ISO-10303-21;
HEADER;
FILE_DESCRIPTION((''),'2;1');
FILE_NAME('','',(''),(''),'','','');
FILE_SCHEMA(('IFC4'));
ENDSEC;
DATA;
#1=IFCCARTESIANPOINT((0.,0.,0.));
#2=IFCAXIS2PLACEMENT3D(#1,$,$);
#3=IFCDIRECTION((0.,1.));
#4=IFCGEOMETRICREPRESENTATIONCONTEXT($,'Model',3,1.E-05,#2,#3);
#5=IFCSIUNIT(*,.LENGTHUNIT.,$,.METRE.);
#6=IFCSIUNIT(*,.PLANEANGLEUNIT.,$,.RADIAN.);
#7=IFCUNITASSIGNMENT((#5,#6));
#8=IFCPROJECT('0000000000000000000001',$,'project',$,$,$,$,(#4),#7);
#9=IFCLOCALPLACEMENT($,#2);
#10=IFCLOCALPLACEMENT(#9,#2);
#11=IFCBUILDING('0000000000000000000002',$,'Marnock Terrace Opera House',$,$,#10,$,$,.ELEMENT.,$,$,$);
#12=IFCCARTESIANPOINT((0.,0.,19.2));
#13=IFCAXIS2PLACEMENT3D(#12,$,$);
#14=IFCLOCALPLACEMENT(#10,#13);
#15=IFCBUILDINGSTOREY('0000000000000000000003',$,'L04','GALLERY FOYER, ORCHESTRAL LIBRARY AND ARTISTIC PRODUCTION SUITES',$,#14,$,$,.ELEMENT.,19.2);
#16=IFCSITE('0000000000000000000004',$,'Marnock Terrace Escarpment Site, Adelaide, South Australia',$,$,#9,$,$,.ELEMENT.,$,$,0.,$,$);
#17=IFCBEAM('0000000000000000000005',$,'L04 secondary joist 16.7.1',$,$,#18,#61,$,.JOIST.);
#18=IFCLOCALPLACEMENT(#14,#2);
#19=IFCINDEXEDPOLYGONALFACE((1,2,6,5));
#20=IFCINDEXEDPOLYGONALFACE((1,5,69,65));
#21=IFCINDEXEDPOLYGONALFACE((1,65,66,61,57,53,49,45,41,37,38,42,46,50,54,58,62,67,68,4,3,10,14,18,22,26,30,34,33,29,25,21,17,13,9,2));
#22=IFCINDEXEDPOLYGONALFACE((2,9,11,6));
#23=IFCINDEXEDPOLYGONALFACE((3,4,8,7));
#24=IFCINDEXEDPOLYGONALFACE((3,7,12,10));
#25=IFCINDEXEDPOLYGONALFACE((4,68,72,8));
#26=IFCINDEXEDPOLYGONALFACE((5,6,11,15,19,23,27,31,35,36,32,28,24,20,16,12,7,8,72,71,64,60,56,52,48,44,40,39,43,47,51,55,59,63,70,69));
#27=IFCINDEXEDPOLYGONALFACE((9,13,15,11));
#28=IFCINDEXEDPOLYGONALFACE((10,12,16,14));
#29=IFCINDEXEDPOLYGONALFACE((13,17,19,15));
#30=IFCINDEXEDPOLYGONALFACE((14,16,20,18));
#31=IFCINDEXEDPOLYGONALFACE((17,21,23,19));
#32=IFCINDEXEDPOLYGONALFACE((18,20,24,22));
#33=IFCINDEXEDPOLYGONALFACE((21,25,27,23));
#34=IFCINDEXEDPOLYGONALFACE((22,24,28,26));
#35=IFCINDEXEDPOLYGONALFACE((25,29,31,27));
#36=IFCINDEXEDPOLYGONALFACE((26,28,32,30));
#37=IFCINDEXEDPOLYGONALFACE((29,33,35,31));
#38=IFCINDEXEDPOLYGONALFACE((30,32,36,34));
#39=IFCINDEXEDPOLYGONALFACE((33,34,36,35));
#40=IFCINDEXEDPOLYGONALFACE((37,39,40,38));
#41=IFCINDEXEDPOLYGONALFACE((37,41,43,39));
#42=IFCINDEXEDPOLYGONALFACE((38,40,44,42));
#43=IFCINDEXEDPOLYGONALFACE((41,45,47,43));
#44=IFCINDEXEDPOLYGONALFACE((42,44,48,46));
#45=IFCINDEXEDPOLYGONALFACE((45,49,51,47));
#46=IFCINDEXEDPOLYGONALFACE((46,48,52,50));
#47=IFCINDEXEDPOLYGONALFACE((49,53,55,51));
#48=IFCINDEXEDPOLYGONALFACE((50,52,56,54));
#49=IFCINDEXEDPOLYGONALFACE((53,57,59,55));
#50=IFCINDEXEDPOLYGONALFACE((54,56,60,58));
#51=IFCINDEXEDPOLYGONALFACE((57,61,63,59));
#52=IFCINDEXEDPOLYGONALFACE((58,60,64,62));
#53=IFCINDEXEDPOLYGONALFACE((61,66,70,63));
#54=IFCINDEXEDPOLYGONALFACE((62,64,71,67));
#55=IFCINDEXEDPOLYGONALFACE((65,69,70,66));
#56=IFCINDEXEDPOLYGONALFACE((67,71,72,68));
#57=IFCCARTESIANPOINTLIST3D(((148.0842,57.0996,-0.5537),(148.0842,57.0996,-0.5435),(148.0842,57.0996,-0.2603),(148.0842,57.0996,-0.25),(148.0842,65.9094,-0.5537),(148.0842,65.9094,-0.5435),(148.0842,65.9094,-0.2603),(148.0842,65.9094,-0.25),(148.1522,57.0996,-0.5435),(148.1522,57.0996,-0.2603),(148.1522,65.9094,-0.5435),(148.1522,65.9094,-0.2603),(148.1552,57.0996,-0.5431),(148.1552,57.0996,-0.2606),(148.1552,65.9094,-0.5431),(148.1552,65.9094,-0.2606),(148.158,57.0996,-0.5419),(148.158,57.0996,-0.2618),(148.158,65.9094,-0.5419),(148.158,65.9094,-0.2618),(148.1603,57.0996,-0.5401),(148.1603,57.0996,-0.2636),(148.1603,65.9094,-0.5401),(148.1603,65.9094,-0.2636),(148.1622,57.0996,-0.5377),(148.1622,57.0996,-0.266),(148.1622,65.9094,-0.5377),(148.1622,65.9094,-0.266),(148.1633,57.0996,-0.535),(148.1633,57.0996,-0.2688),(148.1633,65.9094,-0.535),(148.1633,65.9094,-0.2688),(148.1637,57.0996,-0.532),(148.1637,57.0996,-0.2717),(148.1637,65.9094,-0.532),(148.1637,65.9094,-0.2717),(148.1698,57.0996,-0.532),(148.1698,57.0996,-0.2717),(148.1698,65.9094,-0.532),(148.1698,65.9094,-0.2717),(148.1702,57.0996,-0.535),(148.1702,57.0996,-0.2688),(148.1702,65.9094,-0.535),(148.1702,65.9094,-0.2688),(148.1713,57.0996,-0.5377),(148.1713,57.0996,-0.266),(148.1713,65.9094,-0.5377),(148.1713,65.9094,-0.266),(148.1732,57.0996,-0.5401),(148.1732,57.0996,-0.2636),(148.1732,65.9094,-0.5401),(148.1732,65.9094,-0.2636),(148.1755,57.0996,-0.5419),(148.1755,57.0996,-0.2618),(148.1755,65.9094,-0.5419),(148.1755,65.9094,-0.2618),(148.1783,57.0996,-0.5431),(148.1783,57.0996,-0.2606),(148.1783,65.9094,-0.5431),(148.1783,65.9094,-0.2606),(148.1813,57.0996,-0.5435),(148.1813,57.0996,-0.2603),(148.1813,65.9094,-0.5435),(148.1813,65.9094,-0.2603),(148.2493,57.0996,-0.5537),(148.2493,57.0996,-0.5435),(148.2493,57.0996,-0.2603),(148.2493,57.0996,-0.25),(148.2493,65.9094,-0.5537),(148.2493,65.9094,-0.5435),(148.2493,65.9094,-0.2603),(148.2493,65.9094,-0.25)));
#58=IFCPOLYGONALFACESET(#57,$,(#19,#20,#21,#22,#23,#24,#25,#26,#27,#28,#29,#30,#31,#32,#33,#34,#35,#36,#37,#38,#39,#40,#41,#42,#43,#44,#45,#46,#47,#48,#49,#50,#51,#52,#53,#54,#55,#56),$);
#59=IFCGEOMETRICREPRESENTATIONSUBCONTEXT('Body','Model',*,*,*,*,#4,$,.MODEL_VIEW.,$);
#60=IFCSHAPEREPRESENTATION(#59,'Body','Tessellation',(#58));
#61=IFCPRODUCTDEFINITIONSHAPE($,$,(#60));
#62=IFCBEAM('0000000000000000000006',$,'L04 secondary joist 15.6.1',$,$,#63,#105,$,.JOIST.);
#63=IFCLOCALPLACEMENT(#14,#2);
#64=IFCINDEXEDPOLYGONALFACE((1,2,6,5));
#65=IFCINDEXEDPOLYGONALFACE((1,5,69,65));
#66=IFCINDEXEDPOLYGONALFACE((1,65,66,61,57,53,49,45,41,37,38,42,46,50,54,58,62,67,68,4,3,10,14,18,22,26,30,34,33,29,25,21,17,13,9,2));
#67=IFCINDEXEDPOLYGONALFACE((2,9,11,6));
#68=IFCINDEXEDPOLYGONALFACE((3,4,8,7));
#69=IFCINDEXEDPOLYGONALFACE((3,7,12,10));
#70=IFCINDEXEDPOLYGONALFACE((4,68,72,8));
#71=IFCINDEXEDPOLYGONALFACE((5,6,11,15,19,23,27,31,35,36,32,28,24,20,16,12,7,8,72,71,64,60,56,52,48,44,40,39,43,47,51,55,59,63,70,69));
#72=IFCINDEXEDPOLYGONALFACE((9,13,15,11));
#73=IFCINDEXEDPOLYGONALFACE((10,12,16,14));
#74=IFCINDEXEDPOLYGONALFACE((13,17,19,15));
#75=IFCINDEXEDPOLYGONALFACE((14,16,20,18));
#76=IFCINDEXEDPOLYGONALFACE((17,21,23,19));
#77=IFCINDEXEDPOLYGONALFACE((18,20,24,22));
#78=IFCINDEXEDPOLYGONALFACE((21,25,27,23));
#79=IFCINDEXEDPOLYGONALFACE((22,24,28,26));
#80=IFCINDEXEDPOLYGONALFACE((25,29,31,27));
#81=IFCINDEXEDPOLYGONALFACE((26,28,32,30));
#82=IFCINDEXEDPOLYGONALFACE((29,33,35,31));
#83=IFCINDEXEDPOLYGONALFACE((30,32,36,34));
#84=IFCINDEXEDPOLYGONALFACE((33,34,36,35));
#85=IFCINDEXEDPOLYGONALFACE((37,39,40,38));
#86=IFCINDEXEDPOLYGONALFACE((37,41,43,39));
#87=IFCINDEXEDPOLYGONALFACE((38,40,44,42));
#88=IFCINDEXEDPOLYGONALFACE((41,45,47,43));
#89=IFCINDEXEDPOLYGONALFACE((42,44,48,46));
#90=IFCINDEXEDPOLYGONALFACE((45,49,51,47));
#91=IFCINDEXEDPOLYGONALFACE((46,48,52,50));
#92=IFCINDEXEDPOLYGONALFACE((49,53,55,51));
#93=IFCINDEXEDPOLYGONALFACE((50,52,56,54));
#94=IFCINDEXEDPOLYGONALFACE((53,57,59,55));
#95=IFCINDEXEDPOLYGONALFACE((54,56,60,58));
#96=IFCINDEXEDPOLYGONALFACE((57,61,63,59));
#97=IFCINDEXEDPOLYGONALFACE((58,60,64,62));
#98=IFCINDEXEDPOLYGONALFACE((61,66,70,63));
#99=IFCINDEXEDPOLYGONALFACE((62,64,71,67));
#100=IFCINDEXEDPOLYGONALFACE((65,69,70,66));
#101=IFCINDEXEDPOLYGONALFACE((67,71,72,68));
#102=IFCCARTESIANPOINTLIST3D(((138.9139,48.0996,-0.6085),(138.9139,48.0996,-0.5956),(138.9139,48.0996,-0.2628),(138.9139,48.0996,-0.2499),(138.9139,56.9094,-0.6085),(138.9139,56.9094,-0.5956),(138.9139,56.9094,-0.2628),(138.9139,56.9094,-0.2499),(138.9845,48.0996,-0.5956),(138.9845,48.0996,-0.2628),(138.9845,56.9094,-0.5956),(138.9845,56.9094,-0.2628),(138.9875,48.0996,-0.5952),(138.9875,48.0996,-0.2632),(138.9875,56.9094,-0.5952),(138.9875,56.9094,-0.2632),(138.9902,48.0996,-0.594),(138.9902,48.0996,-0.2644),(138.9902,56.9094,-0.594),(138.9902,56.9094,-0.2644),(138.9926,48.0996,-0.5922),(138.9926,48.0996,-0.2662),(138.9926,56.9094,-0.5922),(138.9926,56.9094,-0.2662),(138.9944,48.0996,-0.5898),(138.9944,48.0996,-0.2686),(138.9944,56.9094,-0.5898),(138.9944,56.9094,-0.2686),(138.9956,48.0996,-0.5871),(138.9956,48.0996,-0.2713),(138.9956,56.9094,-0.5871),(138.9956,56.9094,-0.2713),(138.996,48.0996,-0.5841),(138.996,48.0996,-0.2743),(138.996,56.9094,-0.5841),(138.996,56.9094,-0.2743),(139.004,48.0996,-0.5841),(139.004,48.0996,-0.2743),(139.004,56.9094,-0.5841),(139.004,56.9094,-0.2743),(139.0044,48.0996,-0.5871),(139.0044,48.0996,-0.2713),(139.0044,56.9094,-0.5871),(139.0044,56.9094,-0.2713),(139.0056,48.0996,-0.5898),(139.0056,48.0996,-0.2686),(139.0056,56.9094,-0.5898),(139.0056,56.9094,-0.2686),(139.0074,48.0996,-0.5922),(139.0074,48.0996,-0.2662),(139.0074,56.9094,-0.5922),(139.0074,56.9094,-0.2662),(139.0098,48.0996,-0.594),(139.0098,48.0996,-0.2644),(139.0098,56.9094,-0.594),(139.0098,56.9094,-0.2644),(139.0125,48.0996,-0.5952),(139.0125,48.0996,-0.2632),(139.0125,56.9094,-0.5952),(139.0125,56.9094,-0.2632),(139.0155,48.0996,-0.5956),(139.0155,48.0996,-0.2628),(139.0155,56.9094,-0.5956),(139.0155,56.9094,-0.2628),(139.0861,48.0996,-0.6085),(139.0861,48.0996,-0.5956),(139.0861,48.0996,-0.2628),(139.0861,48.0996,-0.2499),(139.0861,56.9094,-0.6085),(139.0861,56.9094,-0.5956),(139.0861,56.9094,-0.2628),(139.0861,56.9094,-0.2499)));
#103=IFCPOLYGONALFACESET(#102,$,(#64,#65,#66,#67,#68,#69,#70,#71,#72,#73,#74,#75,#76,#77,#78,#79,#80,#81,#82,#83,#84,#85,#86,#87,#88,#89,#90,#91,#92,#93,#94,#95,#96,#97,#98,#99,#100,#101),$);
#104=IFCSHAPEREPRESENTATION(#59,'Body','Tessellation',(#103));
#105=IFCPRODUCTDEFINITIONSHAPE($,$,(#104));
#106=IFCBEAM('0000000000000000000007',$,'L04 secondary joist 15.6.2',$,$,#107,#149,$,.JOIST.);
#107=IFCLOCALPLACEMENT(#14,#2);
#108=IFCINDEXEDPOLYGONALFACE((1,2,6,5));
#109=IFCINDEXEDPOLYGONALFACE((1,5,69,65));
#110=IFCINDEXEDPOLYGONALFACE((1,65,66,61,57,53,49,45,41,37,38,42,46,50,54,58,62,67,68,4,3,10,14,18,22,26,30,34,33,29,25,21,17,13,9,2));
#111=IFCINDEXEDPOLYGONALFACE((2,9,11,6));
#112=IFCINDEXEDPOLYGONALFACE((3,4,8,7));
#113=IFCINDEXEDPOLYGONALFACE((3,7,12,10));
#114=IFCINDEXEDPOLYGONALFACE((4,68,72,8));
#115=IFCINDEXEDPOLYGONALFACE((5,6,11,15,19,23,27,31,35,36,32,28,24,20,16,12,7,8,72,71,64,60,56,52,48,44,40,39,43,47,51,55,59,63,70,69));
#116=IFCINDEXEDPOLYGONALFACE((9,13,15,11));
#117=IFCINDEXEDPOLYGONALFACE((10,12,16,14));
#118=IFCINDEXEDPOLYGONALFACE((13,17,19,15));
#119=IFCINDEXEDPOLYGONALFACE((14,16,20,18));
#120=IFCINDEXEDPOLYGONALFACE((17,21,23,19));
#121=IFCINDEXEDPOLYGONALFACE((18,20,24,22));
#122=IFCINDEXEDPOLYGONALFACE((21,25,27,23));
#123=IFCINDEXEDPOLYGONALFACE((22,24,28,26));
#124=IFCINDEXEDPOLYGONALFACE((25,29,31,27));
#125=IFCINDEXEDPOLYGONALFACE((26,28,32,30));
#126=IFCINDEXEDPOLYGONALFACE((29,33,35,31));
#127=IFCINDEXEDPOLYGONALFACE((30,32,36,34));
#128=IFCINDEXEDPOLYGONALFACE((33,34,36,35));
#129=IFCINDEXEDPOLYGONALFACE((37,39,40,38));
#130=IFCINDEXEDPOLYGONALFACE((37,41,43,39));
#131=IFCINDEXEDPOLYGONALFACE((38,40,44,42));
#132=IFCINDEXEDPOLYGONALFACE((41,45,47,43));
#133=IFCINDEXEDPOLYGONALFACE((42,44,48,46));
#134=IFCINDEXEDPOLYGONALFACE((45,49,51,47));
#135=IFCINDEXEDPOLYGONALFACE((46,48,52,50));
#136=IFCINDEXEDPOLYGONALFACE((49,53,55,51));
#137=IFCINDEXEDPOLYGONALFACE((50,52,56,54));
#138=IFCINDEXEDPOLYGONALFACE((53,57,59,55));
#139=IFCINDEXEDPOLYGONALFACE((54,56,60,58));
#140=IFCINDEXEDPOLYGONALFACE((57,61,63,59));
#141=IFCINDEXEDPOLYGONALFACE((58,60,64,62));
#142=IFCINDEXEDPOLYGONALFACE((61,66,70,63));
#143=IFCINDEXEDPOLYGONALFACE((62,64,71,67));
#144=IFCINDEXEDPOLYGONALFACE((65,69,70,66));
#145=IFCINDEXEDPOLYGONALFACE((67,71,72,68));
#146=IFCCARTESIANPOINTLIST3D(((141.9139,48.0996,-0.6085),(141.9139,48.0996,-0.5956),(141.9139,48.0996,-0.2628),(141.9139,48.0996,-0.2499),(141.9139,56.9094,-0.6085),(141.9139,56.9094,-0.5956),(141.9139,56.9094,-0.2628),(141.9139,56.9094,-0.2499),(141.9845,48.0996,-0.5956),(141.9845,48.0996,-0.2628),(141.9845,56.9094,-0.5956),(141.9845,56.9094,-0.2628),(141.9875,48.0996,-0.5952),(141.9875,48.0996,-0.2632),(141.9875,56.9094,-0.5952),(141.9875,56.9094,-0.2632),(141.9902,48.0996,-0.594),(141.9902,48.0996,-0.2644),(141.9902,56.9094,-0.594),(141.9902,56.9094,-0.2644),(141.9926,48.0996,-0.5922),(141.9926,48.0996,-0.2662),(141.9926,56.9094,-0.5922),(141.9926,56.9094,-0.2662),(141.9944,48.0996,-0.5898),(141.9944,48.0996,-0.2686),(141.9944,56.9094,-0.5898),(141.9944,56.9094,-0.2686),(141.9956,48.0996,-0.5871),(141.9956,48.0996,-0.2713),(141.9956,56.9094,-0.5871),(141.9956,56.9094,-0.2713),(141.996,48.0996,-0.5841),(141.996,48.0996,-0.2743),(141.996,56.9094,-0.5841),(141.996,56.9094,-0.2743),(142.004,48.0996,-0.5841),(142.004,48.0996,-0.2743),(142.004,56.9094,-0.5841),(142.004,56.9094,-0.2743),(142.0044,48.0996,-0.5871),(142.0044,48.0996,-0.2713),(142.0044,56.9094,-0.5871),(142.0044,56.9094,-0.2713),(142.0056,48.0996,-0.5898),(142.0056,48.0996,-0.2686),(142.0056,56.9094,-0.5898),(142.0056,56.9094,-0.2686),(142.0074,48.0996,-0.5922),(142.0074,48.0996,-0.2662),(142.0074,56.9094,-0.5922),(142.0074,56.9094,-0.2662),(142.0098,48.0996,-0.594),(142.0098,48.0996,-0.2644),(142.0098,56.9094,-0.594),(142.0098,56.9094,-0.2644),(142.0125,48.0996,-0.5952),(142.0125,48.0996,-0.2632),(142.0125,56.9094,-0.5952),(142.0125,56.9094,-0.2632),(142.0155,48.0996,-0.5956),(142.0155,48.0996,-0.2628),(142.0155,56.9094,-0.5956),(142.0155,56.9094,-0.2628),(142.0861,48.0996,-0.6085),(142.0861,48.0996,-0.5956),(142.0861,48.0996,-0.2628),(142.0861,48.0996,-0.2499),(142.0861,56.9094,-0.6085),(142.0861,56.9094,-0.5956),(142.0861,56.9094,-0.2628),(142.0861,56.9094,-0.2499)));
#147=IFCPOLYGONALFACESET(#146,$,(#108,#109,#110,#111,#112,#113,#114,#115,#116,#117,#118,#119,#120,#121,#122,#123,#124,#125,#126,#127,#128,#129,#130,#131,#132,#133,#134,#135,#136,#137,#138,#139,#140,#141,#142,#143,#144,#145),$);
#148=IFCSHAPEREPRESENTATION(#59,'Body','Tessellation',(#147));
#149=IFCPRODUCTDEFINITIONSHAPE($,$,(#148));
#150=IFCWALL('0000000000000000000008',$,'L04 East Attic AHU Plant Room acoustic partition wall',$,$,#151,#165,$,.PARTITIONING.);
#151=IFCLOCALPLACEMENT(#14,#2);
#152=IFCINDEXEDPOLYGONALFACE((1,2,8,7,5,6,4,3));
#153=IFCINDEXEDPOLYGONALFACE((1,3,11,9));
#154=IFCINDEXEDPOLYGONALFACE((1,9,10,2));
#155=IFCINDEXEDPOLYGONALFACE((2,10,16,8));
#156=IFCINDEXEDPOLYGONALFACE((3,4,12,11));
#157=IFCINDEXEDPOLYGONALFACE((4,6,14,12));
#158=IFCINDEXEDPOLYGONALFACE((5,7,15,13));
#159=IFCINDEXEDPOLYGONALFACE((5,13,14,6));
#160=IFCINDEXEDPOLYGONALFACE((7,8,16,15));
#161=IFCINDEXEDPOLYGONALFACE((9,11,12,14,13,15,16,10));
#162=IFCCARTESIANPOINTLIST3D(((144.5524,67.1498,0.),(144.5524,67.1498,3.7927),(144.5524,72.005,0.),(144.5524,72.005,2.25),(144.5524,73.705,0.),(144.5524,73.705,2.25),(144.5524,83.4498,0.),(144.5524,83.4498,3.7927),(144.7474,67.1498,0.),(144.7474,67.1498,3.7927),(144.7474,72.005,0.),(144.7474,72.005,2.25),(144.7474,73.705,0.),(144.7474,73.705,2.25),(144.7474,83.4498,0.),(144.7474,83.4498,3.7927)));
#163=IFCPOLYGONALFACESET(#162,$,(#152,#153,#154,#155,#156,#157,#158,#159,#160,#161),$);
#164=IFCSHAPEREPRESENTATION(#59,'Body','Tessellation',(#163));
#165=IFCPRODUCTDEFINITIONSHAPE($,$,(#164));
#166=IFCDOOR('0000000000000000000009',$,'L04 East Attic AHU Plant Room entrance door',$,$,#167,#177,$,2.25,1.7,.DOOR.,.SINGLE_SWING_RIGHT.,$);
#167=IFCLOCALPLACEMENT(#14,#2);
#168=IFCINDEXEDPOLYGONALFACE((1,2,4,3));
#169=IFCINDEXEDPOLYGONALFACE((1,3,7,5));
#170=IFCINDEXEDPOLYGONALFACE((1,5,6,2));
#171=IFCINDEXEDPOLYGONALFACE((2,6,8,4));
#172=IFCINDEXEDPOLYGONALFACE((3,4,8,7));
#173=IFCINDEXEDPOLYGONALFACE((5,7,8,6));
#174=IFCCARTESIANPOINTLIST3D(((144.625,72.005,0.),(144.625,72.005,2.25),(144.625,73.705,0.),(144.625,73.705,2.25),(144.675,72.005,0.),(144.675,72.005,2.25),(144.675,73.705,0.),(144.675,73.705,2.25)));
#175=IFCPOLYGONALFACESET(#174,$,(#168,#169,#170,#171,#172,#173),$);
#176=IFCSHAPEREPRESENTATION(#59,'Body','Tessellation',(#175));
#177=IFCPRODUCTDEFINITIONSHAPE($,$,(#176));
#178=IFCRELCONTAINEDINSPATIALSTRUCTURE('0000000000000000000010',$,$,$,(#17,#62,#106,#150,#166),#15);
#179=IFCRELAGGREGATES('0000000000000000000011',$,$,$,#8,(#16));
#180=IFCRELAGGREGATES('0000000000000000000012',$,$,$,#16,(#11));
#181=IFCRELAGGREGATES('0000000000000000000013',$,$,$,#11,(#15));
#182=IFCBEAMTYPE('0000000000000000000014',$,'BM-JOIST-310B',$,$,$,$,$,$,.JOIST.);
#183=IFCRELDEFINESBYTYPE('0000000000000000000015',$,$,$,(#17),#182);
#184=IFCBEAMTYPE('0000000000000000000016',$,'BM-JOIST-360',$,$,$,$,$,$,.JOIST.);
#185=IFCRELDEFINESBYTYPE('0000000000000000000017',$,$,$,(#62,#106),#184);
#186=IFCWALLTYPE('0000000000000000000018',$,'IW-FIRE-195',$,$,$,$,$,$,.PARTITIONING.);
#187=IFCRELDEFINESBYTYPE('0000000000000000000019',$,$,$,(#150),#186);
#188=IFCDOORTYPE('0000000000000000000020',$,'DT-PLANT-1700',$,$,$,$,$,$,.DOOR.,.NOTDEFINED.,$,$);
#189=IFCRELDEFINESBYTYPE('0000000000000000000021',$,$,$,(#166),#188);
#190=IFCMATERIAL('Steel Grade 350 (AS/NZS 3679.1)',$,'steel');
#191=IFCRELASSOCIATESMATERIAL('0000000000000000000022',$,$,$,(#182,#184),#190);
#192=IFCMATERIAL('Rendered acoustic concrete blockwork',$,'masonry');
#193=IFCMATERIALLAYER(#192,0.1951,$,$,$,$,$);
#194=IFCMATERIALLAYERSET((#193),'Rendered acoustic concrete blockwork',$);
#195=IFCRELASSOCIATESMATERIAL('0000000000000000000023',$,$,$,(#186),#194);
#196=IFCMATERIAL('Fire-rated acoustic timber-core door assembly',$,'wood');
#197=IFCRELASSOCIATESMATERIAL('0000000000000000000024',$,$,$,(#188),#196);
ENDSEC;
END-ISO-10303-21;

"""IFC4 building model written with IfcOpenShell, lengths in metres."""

from ifc_helpers import new_model, si_unit, direction, frame, frame_2d, origin, origin_2d, place, context, subcontext, project, spatial, rectangle, i_section, extrude, material, layer, layer_set, material_profile, profile_set, type_object, element, fill, save


model = new_model("IFC4")

# Units and contexts
model_context = context("Model", 3, precision=1e-05, world=origin(), true_north=direction((0.0, 1.0)))
body_context = subcontext(model_context, "Body", "Model", "MODEL_VIEW")
ifc_project = project(units=[si_unit("LENGTHUNIT", "METRE"), si_unit("PLANEANGLEUNIT", "RADIAN")], contexts=[model_context])

# Site, building, storey
site_placement = place(None, origin())
site = spatial("IfcSite", under=ifc_project, at=site_placement, Name="Marnock Terrace Escarpment Site, Adelaide, South Australia", CompositionType="ELEMENT", RefElevation=0.0)
building_placement = place(site_placement, origin())
building = spatial("IfcBuilding", under=site, at=building_placement, Name="Marnock Terrace Opera House", CompositionType="ELEMENT")
storey_placement = place(building_placement, frame((0.0, 0.0, 19.2)))
storey = spatial("IfcBuildingStorey", under=building, at=storey_placement, Name="L04", Description="GALLERY FOYER, ORCHESTRAL LIBRARY AND ARTISTIC PRODUCTION SUITES", CompositionType="ELEMENT", Elevation=19.2)

# Beams
ifc_material_1 = material(Name="Steel Grade 350 (AS/NZS 3679.1)", Category="steel")
ifc_material_profile_1 = material_profile(ifc_material_1, i_section(OverallWidth=0.165, OverallDepth=0.3037, WebThickness=0.0061, FlangeThickness=0.0103, FilletRadius=0.0115, at=origin_2d()))
ifc_profile_set_1 = profile_set([ifc_material_profile_1], Name="Steel Grade 350 (AS/NZS 3679.1)")
beam_type_1 = type_object("IfcBeamType", Name="BM-JOIST-310B", PredefinedType="JOIST", material=ifc_profile_set_1)
beam_1_placement = place(storey_placement, frame((148.1667, 57.0996, -0.4019), z_axis=(0.0, 1.0, 0.0), x_axis=(-1.0, 0.0, 0.0)))
element("IfcBeam", 1, at=beam_1_placement, inside=storey, type_object=beam_type_1, Name="L04 secondary joist 16.7.1", PredefinedType="JOIST", context=body_context, shape_type="SweptSolid", body=[
    extrude(i_section(OverallWidth=0.165, OverallDepth=0.3037, WebThickness=0.0061, FlangeThickness=0.0103, FilletRadius=0.0115, at=origin_2d()), origin(), (0.0, 0.0, 1.0), 8.8098),
])
ifc_material_profile_2 = material_profile(ifc_material_1, i_section(OverallWidth=0.1721, OverallDepth=0.3586, WebThickness=0.0081, FlangeThickness=0.0129, FilletRadius=0.0115, at=origin_2d()))
ifc_profile_set_2 = profile_set([ifc_material_profile_2], Name="Steel Grade 350 (AS/NZS 3679.1)")
beam_type_2 = type_object("IfcBeamType", Name="BM-JOIST-360", PredefinedType="JOIST", material=ifc_profile_set_2)
for number, where, z_axis, x_axis, name in (
    (2, (139.0, 48.0996, -0.4292), (0.0, 1.0, 0.0), (-1.0, 0.0, 0.0), "L04 secondary joist 15.6.1"),
    (3, (142.0, 48.0996, -0.4292), (0.0, 1.0, 0.0), (-1.0, 0.0, 0.0), "L04 secondary joist 15.6.2"),
):
    element("IfcBeam", number, at=place(storey_placement, frame(where, z_axis=z_axis, x_axis=x_axis)), inside=storey, type_object=beam_type_2, Name=name, PredefinedType="JOIST", context=body_context, shape_type="SweptSolid", body=[
        extrude(i_section(OverallWidth=0.1721, OverallDepth=0.3586, WebThickness=0.0081, FlangeThickness=0.0129, FilletRadius=0.0115, at=origin_2d()), origin(), (0.0, 0.0, 1.0), 8.8098),
    ])

# Wall, opening, door
ifc_material_2 = material(Name="Rendered acoustic concrete blockwork", Category="masonry")
ifc_layer_1 = layer(ifc_material_2, 0.1951)
ifc_layer_set_1 = layer_set([ifc_layer_1], Name="Rendered acoustic concrete blockwork")
wall_type_1 = type_object("IfcWallType", Name="IW-FIRE-195", PredefinedType="PARTITIONING", material=ifc_layer_set_1)
wall_1_placement = place(storey_placement, frame((144.6499, 67.1499, 0.0), z_axis=(0.0, 0.0, 1.0), x_axis=(0.0, 1.0, 0.0)))
wall_1 = element("IfcWall", 4, at=wall_1_placement, inside=storey, type_object=wall_type_1, Name="L04 East Attic AHU Plant Room acoustic partition wall", PredefinedType="PARTITIONING", context=body_context, shape_type="SweptSolid", body=[
    extrude(rectangle(XDim=16.3, YDim=0.1951, at=frame_2d((8.1499, 0.0))), origin(), (0.0, 0.0, 1.0), 3.7927),
])
opening_1_placement = place(wall_1_placement, frame((4.855, 0.0, 0.0)))
opening_1 = element("IfcOpeningElement", 5, at=opening_1_placement, cuts=wall_1, PredefinedType="OPENING", context=body_context, shape_type="SweptSolid", body=[
    extrude(rectangle(XDim=1.7, YDim=2.25, at=frame_2d((0.8501, 1.125))), frame((0.0, 0.1074, 0.0), z_axis=(0.0, -1.0, 0.0), x_axis=(1.0, 0.0, 0.0)), (0.0, 0.0, 1.0), 0.2151),
])
ifc_material_3 = material(Name="Fire-rated acoustic timber-core door assembly", Category="wood")
door_type_1 = type_object("IfcDoorType", Name="DT-PLANT-1700", OperationType="NOTDEFINED", PredefinedType="DOOR", material=ifc_material_3)
door_1_placement = place(opening_1_placement, origin())
door_1 = element("IfcDoor", 6, at=door_1_placement, inside=storey, type_object=door_type_1, Name="L04 East Attic AHU Plant Room entrance door", OperationType="SINGLE_SWING_RIGHT", OverallHeight=2.25, OverallWidth=1.7, PredefinedType="DOOR", context=body_context, shape_type="SweptSolid", body=[
    extrude(rectangle(XDim=1.7, YDim=2.25, at=frame_2d((0.8501, 1.125))), frame((0.0, 0.0249, 0.0), z_axis=(0.0, -1.0, 0.0), x_axis=(1.0, 0.0, 0.0)), (0.0, 0.0, 1.0), 0.05),
])
fill(opening_1, door_1)

save(model, "model.ifc")
